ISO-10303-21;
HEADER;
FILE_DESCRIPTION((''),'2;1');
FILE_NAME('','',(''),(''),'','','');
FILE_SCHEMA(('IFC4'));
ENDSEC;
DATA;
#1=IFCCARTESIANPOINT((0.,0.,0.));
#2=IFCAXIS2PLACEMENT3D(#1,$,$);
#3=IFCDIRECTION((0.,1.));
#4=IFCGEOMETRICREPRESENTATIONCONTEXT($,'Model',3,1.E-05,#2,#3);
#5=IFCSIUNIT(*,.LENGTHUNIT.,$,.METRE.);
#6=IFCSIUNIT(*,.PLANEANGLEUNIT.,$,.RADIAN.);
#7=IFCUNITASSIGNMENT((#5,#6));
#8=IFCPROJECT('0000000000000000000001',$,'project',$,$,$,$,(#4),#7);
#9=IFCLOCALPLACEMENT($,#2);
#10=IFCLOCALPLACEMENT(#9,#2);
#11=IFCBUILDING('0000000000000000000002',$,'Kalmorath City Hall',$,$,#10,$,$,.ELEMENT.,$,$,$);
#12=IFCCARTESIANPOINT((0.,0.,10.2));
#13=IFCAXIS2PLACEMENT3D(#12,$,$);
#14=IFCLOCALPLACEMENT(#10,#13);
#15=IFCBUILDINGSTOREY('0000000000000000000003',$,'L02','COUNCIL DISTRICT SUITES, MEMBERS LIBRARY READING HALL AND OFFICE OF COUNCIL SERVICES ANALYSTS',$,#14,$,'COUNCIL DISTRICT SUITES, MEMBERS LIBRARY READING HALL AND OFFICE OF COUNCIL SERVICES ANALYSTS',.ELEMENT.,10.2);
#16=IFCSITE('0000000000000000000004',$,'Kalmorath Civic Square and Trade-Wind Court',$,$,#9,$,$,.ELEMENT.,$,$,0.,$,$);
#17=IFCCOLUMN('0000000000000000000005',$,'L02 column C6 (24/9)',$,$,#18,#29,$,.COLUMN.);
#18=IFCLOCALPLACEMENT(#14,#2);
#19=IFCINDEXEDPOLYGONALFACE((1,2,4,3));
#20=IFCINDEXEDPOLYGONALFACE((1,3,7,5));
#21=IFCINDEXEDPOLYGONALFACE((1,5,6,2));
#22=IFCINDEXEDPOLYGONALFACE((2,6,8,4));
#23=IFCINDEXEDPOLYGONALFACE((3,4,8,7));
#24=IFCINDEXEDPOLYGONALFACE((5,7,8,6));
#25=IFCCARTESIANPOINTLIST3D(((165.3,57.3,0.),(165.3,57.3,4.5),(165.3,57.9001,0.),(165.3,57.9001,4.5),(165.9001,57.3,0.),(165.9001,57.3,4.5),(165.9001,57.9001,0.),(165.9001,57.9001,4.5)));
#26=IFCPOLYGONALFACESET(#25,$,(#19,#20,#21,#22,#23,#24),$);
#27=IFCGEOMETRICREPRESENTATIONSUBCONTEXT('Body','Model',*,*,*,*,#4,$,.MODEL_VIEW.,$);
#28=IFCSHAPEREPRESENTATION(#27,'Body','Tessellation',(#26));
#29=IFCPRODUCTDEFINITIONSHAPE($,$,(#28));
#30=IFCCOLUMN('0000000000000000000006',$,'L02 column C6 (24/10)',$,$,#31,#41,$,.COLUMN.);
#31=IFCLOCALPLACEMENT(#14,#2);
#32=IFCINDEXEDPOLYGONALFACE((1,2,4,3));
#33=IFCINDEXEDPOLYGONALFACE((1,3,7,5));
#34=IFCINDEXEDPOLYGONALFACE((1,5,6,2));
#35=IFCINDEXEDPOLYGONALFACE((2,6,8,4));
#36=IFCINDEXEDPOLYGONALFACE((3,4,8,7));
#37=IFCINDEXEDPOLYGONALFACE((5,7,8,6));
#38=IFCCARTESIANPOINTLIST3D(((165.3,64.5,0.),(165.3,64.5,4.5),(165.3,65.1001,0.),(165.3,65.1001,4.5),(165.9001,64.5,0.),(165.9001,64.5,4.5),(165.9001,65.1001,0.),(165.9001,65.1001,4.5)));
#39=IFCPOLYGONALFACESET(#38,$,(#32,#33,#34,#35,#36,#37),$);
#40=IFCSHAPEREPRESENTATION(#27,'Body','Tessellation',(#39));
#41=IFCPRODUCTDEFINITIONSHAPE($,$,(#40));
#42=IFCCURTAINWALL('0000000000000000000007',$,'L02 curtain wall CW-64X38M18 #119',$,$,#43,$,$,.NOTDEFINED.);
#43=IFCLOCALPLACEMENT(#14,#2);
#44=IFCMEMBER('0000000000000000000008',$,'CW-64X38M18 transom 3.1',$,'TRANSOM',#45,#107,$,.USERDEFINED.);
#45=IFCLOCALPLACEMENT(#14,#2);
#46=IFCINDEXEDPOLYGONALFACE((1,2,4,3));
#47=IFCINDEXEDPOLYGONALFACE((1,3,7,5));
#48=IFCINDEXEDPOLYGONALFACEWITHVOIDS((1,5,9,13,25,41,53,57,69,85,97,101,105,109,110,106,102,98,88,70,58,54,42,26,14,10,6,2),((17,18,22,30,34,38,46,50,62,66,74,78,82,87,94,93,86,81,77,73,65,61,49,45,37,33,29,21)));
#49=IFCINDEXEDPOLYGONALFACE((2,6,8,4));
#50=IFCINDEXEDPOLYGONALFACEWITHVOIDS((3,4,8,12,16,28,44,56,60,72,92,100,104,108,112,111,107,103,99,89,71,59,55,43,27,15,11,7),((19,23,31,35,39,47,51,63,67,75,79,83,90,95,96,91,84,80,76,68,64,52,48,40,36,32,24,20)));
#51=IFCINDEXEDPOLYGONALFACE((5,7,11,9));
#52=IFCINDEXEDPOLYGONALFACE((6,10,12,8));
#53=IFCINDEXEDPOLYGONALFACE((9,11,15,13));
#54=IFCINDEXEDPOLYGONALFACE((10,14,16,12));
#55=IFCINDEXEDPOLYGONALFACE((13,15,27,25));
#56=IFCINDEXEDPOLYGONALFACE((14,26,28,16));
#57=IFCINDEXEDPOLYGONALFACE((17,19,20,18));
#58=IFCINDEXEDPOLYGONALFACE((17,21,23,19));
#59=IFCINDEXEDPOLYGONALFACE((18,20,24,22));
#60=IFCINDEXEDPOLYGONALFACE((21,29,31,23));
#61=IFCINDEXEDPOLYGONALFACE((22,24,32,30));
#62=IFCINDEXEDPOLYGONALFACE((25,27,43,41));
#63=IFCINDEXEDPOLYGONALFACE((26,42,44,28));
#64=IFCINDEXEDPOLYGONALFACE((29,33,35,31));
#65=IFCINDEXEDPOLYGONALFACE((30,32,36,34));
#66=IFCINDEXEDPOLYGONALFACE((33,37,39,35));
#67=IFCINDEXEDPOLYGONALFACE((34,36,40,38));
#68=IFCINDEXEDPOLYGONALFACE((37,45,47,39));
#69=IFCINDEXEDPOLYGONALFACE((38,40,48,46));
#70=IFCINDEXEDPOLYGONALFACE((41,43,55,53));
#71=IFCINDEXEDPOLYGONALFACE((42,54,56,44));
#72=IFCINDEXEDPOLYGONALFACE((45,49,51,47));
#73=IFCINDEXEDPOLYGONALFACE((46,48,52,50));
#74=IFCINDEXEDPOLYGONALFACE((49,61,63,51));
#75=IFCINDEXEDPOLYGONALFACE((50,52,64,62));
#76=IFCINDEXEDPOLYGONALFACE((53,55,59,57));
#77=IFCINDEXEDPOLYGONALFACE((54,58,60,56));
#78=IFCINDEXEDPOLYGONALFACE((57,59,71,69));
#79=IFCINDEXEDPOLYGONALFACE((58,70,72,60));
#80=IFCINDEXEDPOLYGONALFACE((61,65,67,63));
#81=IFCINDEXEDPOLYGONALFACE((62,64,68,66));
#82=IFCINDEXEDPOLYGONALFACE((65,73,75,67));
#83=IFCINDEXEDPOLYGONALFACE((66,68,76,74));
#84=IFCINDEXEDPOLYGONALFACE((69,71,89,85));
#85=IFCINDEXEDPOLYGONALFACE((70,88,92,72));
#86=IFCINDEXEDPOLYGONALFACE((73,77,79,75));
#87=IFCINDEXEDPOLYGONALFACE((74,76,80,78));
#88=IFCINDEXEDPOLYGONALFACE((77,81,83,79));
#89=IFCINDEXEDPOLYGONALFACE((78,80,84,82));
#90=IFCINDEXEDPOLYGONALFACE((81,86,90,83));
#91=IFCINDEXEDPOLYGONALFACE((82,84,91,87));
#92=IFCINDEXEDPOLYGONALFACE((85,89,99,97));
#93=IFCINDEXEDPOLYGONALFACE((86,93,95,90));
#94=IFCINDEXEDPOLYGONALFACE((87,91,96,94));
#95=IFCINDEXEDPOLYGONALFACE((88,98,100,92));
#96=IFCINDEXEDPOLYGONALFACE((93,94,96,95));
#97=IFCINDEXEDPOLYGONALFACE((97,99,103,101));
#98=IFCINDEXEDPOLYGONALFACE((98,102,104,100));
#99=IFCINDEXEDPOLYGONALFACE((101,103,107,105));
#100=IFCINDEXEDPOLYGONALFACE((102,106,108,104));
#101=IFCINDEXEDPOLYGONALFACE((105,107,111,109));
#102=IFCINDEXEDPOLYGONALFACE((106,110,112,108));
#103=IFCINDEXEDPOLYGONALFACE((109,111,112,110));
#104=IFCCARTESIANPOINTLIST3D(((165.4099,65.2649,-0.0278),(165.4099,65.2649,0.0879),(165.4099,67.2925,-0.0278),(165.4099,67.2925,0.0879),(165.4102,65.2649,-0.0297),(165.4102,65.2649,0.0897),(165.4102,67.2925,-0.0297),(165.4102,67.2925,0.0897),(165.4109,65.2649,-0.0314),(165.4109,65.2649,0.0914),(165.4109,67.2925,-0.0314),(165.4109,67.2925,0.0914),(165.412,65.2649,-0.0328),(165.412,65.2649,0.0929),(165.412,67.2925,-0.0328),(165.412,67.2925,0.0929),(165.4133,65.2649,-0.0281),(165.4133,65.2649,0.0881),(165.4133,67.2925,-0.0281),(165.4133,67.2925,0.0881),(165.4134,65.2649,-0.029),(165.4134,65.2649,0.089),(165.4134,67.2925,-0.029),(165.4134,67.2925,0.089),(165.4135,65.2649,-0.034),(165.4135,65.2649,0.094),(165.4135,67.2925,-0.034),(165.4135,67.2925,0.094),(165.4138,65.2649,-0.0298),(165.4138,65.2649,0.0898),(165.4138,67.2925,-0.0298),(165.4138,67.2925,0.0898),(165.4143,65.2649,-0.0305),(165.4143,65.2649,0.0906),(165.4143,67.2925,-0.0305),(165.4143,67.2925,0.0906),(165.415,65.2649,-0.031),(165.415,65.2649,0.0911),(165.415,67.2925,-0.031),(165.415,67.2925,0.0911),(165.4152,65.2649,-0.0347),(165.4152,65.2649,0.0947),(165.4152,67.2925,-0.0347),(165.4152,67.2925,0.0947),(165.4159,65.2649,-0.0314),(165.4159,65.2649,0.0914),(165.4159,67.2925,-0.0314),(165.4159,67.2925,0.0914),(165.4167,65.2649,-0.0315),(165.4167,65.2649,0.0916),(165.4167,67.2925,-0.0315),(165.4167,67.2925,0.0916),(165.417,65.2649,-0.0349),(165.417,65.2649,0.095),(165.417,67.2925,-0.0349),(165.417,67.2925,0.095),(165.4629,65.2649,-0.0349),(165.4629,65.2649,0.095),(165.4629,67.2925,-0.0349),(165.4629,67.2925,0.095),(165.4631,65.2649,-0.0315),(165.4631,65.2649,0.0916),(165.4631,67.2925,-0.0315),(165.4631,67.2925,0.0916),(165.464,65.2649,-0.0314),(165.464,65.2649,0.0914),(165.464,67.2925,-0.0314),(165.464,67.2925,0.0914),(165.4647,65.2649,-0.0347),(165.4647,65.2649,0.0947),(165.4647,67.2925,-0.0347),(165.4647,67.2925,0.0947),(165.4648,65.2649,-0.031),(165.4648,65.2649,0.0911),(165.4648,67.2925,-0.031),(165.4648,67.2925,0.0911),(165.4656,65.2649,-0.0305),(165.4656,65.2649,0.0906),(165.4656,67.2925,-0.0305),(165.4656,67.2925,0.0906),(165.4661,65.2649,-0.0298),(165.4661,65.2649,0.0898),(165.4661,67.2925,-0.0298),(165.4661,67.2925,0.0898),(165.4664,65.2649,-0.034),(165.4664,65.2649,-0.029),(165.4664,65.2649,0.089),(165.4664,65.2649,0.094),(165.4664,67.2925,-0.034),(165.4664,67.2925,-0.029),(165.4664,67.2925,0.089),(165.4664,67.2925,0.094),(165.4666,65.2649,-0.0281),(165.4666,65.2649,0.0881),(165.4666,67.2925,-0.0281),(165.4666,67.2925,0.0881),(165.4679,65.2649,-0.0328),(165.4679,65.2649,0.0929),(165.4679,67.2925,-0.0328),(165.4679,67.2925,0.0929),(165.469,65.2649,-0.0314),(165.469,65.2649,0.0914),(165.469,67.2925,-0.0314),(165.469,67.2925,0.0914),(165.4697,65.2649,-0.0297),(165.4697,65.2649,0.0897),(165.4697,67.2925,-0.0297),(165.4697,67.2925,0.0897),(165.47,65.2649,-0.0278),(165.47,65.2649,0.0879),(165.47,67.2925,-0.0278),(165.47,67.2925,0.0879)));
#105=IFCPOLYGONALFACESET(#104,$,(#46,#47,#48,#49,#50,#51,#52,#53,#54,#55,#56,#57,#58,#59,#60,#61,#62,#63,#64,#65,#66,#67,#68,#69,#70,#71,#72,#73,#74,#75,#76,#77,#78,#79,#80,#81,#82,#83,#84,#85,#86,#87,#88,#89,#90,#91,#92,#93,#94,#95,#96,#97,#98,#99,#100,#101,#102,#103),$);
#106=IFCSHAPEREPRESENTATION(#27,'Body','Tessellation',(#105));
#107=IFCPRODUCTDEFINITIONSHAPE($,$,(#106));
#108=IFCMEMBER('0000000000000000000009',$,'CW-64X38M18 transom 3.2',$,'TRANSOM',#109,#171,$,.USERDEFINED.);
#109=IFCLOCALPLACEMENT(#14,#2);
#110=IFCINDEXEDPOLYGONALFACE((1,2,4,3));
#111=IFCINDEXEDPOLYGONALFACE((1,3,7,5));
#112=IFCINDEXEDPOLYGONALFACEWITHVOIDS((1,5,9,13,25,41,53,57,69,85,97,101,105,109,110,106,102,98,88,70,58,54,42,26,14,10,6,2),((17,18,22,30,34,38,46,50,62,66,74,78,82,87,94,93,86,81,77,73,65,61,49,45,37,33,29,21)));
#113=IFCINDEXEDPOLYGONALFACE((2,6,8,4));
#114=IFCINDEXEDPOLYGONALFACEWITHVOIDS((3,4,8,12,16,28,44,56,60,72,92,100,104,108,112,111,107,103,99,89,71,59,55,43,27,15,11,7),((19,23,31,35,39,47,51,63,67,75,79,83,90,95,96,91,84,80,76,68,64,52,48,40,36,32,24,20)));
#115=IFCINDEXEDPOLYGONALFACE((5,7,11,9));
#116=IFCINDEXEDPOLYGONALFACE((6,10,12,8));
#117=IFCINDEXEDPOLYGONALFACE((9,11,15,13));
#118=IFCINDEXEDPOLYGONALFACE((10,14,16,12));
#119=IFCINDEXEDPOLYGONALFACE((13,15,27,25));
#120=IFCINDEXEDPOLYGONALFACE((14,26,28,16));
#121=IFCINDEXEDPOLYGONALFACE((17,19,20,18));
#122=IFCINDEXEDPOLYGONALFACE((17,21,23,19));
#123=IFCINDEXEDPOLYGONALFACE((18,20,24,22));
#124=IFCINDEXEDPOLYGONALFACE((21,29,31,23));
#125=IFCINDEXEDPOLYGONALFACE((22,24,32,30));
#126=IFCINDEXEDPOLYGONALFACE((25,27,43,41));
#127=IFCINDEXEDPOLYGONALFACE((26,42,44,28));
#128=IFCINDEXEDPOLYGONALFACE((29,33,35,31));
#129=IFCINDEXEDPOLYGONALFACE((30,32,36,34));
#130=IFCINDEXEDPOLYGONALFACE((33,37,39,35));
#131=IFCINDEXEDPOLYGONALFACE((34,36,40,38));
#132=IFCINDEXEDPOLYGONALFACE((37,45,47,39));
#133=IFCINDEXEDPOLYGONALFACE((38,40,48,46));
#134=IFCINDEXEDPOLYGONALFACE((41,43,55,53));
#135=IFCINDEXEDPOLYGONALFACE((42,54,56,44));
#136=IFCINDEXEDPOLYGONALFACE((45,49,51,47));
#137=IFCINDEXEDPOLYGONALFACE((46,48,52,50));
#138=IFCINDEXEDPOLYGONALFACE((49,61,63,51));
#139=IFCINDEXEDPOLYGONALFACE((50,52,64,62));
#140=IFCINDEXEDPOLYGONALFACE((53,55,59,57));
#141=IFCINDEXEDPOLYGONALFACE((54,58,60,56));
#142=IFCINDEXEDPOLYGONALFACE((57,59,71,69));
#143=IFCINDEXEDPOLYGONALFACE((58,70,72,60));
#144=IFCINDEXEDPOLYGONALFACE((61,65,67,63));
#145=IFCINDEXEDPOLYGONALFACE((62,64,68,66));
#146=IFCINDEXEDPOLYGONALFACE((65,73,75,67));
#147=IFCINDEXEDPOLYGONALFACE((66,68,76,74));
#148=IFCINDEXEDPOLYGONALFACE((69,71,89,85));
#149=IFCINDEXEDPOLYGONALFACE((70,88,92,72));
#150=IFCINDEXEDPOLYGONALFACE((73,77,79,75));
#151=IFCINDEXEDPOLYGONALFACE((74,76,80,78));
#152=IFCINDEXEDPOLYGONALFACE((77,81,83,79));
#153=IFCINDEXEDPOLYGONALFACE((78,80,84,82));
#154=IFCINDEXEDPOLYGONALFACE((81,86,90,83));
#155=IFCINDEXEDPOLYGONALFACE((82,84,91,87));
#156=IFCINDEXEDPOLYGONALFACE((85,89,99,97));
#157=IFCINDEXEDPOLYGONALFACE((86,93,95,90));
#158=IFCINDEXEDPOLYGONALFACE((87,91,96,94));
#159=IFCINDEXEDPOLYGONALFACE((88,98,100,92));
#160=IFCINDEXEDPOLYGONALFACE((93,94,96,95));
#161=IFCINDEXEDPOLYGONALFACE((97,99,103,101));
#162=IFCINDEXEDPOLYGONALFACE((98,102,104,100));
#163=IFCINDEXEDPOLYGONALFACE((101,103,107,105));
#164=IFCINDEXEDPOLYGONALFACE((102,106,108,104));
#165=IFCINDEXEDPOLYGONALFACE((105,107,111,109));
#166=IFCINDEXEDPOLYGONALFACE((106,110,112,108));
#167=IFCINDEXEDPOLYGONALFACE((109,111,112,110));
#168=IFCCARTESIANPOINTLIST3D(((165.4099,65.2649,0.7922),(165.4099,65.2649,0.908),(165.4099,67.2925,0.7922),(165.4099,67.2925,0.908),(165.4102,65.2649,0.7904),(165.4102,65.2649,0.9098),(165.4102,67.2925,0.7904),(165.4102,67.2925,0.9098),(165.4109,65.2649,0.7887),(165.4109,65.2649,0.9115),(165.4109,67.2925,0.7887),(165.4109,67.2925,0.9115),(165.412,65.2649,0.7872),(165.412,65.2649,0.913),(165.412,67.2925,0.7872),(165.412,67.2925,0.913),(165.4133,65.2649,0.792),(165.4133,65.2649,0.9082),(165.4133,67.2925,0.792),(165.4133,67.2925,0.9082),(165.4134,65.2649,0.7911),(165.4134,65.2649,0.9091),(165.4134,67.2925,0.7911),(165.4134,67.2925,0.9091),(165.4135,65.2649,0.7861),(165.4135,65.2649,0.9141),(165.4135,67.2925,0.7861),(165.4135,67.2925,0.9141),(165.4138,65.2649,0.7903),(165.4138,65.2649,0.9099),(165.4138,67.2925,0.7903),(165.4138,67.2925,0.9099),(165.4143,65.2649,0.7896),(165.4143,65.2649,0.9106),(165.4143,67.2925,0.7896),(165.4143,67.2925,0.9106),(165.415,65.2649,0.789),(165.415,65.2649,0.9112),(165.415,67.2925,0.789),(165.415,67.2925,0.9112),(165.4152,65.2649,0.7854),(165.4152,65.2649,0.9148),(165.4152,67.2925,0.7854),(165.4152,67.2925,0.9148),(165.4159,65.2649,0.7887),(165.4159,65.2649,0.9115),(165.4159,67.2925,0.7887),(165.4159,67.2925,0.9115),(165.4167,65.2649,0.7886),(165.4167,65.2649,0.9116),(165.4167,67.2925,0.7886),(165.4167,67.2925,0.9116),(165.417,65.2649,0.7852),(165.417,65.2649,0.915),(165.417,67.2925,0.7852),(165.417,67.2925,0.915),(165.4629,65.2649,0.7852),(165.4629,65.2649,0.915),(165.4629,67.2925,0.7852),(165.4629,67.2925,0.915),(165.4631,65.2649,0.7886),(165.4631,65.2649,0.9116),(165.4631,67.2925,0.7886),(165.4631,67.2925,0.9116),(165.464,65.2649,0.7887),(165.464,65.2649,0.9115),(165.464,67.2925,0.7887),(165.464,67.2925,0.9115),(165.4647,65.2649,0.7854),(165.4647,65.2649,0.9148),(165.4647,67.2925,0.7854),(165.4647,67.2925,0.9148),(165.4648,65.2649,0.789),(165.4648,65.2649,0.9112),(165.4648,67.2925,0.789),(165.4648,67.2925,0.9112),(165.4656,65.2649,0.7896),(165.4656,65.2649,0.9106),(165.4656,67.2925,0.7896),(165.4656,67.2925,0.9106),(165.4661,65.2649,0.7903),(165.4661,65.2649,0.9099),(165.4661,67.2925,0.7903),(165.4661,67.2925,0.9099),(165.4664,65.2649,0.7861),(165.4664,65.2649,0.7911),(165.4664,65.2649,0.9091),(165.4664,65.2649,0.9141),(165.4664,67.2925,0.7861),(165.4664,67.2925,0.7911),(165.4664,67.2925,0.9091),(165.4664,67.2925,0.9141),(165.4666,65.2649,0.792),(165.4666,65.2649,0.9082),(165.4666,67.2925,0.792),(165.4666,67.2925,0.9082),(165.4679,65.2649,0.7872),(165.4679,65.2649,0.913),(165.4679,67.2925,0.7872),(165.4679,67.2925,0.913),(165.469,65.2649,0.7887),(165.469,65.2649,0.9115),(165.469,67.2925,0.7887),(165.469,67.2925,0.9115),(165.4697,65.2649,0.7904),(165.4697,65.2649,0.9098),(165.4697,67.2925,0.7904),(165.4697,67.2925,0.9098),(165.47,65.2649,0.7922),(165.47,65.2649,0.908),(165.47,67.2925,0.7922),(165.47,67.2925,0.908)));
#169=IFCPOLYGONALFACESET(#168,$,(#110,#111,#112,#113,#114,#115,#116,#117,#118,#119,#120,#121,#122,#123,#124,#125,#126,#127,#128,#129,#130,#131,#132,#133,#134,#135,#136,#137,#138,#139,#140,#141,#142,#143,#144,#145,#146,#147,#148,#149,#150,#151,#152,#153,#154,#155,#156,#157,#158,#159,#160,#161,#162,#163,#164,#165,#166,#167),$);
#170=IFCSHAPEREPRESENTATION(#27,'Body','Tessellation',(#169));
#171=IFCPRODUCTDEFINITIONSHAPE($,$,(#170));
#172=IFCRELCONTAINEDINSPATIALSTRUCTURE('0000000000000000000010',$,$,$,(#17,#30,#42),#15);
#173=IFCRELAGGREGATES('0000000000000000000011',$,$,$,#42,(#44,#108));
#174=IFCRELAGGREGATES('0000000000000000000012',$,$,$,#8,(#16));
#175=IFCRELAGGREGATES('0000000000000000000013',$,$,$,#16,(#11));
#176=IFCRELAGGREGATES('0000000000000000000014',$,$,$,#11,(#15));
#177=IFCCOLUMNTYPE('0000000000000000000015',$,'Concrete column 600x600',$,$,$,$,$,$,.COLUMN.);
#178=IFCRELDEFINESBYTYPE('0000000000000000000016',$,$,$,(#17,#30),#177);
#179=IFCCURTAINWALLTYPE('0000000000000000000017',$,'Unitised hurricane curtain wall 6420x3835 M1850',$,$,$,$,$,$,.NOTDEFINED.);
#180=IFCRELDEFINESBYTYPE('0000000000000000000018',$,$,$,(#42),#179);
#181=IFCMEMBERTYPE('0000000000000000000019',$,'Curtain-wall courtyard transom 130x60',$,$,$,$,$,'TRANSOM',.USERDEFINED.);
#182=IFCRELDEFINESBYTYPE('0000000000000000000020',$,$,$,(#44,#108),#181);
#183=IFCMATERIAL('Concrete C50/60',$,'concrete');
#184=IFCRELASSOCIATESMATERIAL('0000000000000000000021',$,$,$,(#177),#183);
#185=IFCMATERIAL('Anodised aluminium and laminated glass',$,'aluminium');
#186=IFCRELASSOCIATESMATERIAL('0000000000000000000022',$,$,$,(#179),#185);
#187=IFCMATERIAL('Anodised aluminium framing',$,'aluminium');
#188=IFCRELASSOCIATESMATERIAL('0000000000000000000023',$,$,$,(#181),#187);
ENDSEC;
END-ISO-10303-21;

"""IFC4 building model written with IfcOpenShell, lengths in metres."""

from ifc_helpers import new_model, si_unit, direction, frame, origin, origin_2d, place, context, subcontext, project, spatial, rectangle, hollow_rectangle, extrude, material, material_profile, profile_set, type_object, element, aggregate, save


model = new_model("IFC4")

# Units and contexts
model_context = context("Model", 3, precision=1e-05, world=origin(), true_north=direction((0.0, 1.0)))
body_context = subcontext(model_context, "Body", "Model", "MODEL_VIEW")
ifc_project = project(units=[si_unit("LENGTHUNIT", "METRE"), si_unit("PLANEANGLEUNIT", "RADIAN")], contexts=[model_context])

# Site, building, storey
site_placement = place(None, origin())
site = spatial("IfcSite", under=ifc_project, at=site_placement, Name="Kalmorath Civic Square and Trade-Wind Court", CompositionType="ELEMENT", RefElevation=0.0)
building_placement = place(site_placement, origin())
building = spatial("IfcBuilding", under=site, at=building_placement, Name="Kalmorath City Hall", CompositionType="ELEMENT")
storey_placement = place(building_placement, frame((0.0, 0.0, 10.2)))
storey = spatial("IfcBuildingStorey", under=building, at=storey_placement, Name="L02", Description="COUNCIL DISTRICT SUITES, MEMBERS LIBRARY READING HALL AND OFFICE OF COUNCIL SERVICES ANALYSTS", LongName="COUNCIL DISTRICT SUITES, MEMBERS LIBRARY READING HALL AND OFFICE OF COUNCIL SERVICES ANALYSTS", CompositionType="ELEMENT", Elevation=10.2)

# Columns
ifc_material_1 = material(Name="Concrete C50/60", Category="concrete")
ifc_material_profile_1 = material_profile(ifc_material_1, rectangle(XDim=0.6001, YDim=0.6001, at=origin_2d()), Name="RC-COL-600X600")
ifc_profile_set_1 = profile_set([ifc_material_profile_1], Name="Concrete C50/60")
column_type = type_object("IfcColumnType", Name="Concrete column 600x600", PredefinedType="COLUMN", material=ifc_profile_set_1)
for number, where, z_axis, x_axis, name in (
    (1, (165.6001, 57.6001, 0.0), (0.0, 0.0, 1.0), (1.0, 0.0, 0.0), "L02 column C6 (24/9)"),
    (2, (165.6001, 64.8, 0.0), (0.0, 0.0, 1.0), (1.0, 0.0, 0.0), "L02 column C6 (24/10)"),
):
    element("IfcColumn", number, at=place(storey_placement, frame(where, z_axis=z_axis, x_axis=x_axis)), inside=storey, type_object=column_type, Name=name, PredefinedType="COLUMN", context=body_context, shape_type="SweptSolid", body=[
        extrude(rectangle(XDim=0.6001, YDim=0.6001, at=origin_2d()), origin(), (0.0, 0.0, 1.0), 4.5),
    ])

# Curtain wall, members
ifc_material_2 = material(Name="Anodised aluminium and laminated glass", Category="aluminium")
curtain_wall_type_1 = type_object("IfcCurtainWallType", Name="Unitised hurricane curtain wall 6420x3835 M1850", PredefinedType="NOTDEFINED", material=ifc_material_2)
curtain_wall_1_placement = place(storey_placement, origin())
curtain_wall_1 = element("IfcCurtainWall", 3, at=curtain_wall_1_placement, inside=storey, type_object=curtain_wall_type_1, Name="L02 curtain wall CW-64X38M18 #119", PredefinedType="NOTDEFINED")
ifc_material_3 = material(Name="Anodised aluminium framing", Category="aluminium")
ifc_material_profile_2 = material_profile(ifc_material_3, hollow_rectangle(XDim=0.0601, YDim=0.1299, WallThickness=0.0034, InnerFilletRadius=0.0034, OuterFilletRadius=0.0071, at=origin_2d()), Name="ALU-TRN-130X60X3.5")
ifc_profile_set_2 = profile_set([ifc_material_profile_2], Name="Anodised aluminium framing")
member_type_1 = type_object("IfcMemberType", Name="Curtain-wall courtyard transom 130x60", ElementType="TRANSOM", PredefinedType="USERDEFINED", material=ifc_profile_set_2)
member_1_placement = place(storey_placement, frame((165.4399, 67.2925, 0.03), z_axis=(0.0, -1.0, 0.0), x_axis=(1.0, 0.0, 0.0)))
member_1 = element("IfcMember", 4, at=member_1_placement, type_object=member_type_1, Name="CW-64X38M18 transom 3.1", ObjectType="TRANSOM", PredefinedType="USERDEFINED", context=body_context, shape_type="SweptSolid", body=[
    extrude(hollow_rectangle(XDim=0.0601, YDim=0.1299, WallThickness=0.0034, InnerFilletRadius=0.0034, OuterFilletRadius=0.0071, at=origin_2d()), origin(), (0.0, 0.0, 1.0), 2.0276),
])
member_2_placement = place(storey_placement, frame((165.4399, 67.2925, 0.8501), z_axis=(0.0, -1.0, 0.0), x_axis=(1.0, 0.0, 0.0)))
member_2 = element("IfcMember", 5, at=member_2_placement, type_object=member_type_1, Name="CW-64X38M18 transom 3.2", ObjectType="TRANSOM", PredefinedType="USERDEFINED", context=body_context, shape_type="SweptSolid", body=[
    extrude(hollow_rectangle(XDim=0.0601, YDim=0.1299, WallThickness=0.0034, InnerFilletRadius=0.0034, OuterFilletRadius=0.0071, at=origin_2d()), origin(), (0.0, 0.0, 1.0), 2.0276),
])

aggregate(curtain_wall_1, [member_1, member_2])

save(model, "model.ifc")
